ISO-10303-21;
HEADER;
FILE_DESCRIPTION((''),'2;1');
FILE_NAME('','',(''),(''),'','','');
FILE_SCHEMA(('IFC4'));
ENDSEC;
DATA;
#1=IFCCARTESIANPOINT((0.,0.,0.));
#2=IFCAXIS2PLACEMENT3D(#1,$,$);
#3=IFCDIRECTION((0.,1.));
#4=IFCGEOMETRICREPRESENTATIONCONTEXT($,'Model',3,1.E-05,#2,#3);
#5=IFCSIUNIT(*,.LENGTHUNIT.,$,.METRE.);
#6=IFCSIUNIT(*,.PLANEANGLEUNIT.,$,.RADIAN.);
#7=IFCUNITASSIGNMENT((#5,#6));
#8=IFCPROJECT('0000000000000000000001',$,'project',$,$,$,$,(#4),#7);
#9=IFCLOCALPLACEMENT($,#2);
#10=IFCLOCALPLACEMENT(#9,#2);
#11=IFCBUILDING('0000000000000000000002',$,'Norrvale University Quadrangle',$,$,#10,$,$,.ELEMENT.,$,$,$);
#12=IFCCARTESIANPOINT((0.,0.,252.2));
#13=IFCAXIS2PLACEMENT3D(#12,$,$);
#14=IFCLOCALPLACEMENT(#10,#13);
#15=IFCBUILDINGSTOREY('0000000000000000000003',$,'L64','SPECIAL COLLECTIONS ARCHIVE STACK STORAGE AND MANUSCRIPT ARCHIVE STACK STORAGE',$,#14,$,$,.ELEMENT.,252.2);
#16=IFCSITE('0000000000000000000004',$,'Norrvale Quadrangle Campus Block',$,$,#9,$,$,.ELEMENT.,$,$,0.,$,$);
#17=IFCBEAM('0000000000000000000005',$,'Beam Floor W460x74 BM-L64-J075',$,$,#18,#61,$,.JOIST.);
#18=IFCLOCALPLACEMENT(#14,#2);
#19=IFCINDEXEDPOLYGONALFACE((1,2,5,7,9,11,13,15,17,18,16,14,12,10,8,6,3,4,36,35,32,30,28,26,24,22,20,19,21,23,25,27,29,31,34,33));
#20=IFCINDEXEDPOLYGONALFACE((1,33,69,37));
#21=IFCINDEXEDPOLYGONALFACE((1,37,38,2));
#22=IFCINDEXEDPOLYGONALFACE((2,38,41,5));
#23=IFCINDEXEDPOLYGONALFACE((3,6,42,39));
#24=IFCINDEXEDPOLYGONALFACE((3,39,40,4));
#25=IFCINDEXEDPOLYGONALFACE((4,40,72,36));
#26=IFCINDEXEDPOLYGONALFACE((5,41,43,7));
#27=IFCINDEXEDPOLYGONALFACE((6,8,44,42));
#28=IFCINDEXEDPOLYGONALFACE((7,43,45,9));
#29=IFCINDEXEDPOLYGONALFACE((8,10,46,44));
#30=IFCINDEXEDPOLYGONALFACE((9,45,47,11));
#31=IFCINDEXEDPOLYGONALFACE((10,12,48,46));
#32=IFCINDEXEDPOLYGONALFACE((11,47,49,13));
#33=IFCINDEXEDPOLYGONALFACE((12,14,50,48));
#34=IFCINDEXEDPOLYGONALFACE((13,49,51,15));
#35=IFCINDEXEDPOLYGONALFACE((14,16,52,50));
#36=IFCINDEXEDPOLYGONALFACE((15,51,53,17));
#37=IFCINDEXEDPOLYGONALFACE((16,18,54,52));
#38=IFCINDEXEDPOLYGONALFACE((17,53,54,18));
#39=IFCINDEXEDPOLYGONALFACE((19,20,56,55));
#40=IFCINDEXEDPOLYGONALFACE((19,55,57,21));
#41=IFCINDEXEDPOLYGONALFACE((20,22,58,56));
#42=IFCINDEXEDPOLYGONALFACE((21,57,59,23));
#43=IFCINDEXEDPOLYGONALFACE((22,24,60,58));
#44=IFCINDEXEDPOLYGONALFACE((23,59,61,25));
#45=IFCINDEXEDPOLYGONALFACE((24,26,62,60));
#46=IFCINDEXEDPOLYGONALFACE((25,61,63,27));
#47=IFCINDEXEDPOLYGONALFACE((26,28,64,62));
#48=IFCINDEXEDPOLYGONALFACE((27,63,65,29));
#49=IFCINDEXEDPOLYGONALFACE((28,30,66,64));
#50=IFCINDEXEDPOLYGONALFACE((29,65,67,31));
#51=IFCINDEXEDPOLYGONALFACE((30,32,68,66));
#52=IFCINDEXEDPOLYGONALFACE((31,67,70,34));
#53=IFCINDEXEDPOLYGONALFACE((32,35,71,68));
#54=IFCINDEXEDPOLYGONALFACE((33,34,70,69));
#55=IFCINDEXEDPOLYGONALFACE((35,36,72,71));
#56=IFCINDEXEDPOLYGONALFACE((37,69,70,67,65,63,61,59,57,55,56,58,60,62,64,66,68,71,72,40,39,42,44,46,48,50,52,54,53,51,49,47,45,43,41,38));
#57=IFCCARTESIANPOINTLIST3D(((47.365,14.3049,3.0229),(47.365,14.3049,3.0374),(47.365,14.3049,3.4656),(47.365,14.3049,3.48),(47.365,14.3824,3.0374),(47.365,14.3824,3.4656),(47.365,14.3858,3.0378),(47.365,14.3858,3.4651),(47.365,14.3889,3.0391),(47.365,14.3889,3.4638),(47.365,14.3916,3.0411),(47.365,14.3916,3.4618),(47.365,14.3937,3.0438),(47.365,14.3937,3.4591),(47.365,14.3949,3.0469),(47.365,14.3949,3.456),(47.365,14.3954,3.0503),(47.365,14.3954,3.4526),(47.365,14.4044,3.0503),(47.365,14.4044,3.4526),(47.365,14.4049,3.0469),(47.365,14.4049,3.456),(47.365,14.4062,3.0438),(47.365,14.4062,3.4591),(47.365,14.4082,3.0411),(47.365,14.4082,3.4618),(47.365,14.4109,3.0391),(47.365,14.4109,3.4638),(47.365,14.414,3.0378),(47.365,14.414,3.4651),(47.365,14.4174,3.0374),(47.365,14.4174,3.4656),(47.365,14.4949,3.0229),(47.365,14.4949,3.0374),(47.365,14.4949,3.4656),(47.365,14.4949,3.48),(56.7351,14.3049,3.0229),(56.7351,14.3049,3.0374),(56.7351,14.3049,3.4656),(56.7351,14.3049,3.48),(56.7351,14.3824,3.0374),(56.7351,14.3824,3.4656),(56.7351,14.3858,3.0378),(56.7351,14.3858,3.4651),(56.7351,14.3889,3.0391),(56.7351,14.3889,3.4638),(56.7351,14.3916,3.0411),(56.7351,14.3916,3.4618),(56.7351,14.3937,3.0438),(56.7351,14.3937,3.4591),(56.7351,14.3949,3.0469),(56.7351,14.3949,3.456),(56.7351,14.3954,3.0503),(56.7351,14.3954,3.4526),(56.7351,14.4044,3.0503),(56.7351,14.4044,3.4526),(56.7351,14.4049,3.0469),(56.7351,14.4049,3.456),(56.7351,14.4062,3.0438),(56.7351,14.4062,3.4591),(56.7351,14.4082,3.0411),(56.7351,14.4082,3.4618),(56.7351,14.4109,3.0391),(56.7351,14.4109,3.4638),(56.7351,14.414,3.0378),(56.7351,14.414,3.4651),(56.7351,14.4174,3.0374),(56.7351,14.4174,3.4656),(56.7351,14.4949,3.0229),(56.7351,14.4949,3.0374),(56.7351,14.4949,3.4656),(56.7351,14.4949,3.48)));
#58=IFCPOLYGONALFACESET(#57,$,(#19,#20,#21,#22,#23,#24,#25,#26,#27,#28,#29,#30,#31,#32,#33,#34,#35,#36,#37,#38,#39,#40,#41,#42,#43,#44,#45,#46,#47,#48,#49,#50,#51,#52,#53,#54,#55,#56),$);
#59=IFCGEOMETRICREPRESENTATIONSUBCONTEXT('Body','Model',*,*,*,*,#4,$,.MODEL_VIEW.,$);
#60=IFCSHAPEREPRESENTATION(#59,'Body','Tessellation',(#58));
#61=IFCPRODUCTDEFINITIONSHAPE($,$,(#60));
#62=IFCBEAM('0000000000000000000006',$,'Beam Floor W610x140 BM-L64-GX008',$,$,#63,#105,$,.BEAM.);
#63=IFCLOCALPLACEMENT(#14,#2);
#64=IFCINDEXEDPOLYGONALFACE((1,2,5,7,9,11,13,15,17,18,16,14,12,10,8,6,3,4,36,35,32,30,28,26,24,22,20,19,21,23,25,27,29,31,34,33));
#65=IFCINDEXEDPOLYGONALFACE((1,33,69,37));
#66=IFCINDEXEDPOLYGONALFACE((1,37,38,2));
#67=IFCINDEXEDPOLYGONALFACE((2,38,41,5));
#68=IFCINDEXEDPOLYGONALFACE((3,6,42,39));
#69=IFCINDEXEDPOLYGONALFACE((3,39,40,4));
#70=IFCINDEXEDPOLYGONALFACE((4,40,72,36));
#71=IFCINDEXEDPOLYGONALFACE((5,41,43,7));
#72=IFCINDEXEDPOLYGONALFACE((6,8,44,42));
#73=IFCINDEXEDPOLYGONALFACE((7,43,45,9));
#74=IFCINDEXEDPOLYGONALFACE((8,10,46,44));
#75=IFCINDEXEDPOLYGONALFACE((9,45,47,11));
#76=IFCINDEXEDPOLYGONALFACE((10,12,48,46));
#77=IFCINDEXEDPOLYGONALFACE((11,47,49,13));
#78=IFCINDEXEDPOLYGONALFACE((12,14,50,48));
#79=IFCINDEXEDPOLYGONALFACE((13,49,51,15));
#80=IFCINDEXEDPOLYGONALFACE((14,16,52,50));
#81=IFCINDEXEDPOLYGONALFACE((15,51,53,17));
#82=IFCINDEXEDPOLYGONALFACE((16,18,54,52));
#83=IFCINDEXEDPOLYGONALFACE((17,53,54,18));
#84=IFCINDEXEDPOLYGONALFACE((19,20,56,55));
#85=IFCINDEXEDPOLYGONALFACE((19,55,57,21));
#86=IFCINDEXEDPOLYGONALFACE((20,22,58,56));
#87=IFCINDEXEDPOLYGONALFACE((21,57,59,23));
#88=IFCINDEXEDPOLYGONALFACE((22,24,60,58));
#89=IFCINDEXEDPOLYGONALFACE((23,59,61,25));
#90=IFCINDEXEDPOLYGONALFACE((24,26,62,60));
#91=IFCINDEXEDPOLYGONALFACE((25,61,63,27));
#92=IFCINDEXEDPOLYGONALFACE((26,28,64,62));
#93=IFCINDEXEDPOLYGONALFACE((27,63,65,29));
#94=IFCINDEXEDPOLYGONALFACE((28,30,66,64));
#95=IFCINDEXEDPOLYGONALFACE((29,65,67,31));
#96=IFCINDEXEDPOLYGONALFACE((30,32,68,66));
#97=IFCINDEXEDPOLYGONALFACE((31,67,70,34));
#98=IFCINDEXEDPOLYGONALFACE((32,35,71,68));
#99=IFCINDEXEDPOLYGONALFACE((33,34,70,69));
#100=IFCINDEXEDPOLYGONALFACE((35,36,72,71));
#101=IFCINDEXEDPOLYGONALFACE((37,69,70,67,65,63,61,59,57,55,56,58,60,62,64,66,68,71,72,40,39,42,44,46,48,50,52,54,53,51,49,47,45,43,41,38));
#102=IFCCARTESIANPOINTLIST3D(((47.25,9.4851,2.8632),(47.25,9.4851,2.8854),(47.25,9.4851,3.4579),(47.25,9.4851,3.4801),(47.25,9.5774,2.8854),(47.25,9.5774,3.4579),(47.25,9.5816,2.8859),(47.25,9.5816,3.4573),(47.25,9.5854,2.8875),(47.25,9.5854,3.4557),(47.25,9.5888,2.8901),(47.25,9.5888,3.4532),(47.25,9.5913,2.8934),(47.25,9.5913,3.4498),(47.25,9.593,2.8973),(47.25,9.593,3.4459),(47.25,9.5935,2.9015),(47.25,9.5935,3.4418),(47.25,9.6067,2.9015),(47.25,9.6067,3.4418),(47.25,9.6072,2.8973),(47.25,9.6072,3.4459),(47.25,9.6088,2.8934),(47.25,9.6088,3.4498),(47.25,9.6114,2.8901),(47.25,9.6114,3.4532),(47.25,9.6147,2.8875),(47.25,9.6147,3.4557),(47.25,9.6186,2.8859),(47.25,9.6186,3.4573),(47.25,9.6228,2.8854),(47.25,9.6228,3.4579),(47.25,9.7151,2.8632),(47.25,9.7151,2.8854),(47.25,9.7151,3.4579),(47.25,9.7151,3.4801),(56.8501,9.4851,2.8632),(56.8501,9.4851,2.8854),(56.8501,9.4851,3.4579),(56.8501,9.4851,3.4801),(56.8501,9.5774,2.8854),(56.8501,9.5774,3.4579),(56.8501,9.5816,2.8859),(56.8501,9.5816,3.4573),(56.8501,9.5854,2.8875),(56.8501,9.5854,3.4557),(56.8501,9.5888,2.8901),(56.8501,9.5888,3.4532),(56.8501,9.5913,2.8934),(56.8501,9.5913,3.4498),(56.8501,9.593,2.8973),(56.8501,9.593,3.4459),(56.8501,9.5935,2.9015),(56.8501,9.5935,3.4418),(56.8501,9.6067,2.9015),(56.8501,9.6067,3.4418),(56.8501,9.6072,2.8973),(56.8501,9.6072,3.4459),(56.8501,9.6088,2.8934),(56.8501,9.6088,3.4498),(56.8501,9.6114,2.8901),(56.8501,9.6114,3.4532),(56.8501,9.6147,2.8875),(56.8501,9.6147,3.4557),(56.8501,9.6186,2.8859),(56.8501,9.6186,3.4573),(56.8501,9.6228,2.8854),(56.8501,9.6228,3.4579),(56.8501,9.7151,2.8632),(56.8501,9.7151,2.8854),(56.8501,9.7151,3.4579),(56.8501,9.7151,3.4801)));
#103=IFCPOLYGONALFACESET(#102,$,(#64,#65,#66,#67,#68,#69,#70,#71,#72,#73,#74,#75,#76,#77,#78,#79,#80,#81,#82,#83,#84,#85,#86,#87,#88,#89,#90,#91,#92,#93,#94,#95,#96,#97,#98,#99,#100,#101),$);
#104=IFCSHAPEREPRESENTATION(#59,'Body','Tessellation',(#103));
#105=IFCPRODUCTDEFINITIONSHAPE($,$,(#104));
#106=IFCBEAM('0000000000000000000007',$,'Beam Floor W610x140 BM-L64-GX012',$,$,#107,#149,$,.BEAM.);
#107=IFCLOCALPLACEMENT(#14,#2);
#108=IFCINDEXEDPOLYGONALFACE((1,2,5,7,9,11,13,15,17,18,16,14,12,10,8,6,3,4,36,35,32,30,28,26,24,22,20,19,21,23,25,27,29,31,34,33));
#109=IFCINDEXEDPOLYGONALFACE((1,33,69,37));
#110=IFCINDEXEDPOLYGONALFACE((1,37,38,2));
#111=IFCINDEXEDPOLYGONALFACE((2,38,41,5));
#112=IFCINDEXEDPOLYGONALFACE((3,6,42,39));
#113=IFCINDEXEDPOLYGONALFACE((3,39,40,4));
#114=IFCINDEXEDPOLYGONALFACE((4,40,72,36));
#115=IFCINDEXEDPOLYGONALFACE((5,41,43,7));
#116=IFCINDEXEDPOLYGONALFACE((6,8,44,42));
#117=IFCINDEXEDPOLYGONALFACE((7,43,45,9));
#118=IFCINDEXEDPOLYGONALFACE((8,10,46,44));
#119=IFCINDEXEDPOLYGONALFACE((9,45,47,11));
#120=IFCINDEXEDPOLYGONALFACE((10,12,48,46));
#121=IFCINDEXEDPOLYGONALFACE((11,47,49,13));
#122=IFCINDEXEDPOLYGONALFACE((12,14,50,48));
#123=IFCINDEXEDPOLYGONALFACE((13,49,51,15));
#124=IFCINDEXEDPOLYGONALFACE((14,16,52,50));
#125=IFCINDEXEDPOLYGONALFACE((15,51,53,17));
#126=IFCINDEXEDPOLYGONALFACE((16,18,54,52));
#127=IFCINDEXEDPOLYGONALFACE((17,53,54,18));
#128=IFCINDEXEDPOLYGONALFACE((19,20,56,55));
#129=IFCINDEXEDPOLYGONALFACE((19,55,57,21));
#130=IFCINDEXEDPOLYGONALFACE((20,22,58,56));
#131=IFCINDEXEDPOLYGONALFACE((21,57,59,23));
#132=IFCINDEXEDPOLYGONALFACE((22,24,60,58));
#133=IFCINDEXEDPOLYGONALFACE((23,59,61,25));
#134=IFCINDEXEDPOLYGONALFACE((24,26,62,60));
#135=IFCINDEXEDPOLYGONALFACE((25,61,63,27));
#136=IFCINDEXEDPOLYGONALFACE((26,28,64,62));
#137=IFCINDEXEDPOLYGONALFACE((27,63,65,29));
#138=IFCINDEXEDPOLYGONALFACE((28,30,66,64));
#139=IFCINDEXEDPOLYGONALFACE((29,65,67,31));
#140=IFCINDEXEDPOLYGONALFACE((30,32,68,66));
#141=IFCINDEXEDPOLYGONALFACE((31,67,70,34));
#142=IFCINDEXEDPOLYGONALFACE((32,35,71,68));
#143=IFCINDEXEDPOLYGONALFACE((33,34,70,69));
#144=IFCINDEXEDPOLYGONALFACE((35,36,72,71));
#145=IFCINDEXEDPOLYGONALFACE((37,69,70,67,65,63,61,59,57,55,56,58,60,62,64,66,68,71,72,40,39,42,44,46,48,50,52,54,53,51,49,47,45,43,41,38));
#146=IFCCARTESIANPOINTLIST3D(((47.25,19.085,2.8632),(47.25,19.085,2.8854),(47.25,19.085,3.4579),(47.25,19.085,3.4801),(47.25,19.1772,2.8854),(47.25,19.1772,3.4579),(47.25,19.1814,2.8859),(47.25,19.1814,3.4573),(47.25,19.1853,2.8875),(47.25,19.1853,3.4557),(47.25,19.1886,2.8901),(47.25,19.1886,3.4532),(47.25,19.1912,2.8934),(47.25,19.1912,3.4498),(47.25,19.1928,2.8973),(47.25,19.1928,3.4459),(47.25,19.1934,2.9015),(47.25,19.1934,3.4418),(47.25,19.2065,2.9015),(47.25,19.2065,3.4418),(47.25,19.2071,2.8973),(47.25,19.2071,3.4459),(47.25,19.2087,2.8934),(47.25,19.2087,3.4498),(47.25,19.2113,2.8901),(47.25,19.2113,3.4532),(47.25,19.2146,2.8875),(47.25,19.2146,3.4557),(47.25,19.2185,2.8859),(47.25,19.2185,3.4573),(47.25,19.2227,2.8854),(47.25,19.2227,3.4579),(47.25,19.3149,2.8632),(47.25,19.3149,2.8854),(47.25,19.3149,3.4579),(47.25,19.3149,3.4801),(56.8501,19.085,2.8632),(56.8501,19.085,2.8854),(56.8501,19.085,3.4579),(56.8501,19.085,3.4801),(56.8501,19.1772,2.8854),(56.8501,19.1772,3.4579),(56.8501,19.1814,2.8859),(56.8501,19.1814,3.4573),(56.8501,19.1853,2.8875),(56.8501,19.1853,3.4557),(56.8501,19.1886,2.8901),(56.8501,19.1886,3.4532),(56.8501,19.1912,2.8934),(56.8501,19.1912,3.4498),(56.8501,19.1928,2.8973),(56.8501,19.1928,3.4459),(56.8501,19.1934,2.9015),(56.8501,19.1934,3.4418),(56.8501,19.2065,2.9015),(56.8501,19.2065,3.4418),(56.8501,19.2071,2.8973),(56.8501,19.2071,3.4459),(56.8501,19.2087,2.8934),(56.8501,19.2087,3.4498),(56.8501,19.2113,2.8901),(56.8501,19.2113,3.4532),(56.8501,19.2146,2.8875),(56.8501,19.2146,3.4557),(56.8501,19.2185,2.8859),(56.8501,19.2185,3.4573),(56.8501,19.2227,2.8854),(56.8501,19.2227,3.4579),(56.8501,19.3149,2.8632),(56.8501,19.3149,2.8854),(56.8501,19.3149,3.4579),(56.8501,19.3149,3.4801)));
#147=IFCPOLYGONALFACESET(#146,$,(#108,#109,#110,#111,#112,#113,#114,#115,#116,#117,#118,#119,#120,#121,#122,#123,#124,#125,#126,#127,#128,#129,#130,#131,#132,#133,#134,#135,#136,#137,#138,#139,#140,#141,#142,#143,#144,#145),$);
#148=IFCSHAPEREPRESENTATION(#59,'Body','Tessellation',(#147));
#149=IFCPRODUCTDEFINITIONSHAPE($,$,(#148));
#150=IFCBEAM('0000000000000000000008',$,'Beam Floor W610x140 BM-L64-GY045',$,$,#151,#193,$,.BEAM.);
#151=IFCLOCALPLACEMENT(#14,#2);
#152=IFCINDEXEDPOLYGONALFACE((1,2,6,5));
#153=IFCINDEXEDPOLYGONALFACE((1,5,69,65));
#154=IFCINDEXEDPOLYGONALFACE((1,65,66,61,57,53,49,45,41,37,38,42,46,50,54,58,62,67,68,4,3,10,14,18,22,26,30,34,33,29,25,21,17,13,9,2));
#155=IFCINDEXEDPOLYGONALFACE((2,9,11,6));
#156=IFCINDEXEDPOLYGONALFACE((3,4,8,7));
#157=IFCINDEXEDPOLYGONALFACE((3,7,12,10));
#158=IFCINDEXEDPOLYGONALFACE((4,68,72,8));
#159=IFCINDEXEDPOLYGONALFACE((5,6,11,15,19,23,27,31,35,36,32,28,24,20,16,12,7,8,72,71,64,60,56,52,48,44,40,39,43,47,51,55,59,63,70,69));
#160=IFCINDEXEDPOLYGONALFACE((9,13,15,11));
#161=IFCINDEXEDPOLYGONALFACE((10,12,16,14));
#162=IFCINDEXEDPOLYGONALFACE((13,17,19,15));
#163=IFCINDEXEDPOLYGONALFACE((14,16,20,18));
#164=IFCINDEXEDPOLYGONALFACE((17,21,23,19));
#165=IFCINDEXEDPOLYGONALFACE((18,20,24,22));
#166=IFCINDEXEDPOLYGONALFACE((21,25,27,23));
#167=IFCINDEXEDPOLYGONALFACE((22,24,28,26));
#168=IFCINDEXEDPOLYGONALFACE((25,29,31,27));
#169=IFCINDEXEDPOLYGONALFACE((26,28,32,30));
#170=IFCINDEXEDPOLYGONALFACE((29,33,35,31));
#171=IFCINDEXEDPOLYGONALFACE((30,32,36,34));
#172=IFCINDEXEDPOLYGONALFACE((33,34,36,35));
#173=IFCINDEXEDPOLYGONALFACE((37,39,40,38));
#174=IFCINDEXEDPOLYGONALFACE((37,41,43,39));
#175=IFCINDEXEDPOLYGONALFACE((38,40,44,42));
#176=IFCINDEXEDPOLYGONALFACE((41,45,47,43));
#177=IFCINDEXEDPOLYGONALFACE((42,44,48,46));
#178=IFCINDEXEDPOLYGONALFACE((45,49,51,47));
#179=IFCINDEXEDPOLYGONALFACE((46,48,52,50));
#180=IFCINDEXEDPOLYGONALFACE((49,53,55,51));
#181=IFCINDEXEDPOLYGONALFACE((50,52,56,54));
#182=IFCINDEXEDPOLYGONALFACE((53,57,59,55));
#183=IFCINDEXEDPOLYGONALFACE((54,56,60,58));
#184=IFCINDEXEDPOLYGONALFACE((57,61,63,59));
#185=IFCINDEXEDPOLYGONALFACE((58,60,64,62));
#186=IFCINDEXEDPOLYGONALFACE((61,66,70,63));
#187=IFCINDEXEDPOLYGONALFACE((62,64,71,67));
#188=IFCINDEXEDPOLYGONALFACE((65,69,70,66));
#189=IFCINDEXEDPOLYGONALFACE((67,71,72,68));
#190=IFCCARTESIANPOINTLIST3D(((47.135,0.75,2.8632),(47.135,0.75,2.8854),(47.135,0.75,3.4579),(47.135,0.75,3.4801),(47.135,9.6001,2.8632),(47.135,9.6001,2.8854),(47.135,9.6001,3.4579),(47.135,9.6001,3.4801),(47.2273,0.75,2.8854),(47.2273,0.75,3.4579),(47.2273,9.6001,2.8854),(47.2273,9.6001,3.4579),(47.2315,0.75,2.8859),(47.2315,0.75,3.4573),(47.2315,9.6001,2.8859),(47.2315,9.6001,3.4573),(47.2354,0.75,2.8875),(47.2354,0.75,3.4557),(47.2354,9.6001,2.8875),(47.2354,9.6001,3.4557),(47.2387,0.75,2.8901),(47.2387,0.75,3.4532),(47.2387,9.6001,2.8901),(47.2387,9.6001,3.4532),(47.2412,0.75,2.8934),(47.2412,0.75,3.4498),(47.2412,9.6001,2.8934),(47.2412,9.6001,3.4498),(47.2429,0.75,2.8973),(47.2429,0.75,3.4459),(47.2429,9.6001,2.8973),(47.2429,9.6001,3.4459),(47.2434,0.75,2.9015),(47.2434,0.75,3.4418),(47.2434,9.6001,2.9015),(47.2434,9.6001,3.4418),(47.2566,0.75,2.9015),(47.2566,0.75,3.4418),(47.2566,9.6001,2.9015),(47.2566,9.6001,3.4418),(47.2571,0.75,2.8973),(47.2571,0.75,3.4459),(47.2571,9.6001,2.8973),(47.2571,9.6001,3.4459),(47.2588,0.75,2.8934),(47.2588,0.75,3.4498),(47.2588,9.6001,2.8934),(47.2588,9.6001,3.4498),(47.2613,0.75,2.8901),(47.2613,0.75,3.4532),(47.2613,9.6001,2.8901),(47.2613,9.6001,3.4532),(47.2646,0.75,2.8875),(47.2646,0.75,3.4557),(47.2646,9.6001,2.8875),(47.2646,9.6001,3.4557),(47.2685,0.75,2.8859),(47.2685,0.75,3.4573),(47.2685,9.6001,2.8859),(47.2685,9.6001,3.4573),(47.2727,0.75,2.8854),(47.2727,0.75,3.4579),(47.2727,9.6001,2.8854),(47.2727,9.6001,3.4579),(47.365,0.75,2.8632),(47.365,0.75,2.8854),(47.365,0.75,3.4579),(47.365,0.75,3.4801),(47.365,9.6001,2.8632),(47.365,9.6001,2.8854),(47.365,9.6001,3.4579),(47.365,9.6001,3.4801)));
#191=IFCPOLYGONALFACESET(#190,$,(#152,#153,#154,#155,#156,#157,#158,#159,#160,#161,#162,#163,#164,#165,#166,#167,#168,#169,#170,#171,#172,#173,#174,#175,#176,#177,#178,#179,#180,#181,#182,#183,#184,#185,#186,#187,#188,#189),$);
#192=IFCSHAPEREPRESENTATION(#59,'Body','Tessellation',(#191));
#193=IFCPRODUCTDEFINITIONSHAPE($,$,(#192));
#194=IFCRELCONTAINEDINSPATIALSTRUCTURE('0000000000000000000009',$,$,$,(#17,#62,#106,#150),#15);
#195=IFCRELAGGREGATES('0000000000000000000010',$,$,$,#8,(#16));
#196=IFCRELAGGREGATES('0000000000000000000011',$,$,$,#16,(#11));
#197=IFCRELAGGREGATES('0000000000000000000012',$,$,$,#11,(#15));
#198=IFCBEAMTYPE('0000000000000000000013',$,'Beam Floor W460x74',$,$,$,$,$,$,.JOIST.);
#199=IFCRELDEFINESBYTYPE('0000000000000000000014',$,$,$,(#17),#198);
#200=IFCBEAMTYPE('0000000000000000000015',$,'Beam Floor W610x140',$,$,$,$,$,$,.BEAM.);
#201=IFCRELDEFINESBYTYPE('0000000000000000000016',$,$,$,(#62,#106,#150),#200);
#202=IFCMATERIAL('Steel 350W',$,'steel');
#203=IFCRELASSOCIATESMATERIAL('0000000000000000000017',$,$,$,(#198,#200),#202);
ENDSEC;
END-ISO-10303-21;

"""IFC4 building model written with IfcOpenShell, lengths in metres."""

from ifc_helpers import new_model, si_unit, direction, frame, origin, origin_2d, place, context, subcontext, project, spatial, i_section, extrude, material, material_profile, profile_set, type_object, element, save


model = new_model("IFC4")

# Units and contexts
model_context = context("Model", 3, precision=1e-05, world=origin(), true_north=direction((0.0, 1.0)))
body_context = subcontext(model_context, "Body", "Model", "MODEL_VIEW")
ifc_project = project(units=[si_unit("LENGTHUNIT", "METRE"), si_unit("PLANEANGLEUNIT", "RADIAN")], contexts=[model_context])

# Site, building, storey
site_placement = place(None, origin())
site = spatial("IfcSite", under=ifc_project, at=site_placement, Name="Norrvale Quadrangle Campus Block", CompositionType="ELEMENT", RefElevation=0.0)
building_placement = place(site_placement, origin())
building = spatial("IfcBuilding", under=site, at=building_placement, Name="Norrvale University Quadrangle", CompositionType="ELEMENT")
storey_placement = place(building_placement, frame((0.0, 0.0, 252.2)))
storey = spatial("IfcBuildingStorey", under=building, at=storey_placement, Name="L64", Description="SPECIAL COLLECTIONS ARCHIVE STACK STORAGE AND MANUSCRIPT ARCHIVE STACK STORAGE", CompositionType="ELEMENT", Elevation=252.2)

# Beams
ifc_material_1 = material(Name="Steel 350W", Category="steel")
ifc_material_profile_1 = material_profile(ifc_material_1, i_section(OverallWidth=0.1899, OverallDepth=0.457, WebThickness=0.009, FlangeThickness=0.0144, FilletRadius=0.0129, at=origin_2d()), Name="Steel 350W")
ifc_profile_set_1 = profile_set([ifc_material_profile_1], Name="Steel 350W")
beam_type_1 = type_object("IfcBeamType", Name="Beam Floor W460x74", PredefinedType="JOIST", material=ifc_profile_set_1)
for number, where, z_axis, x_axis, name in (
    (1, (47.365, 14.3999, 3.2515), (1.0, 0.0, 0.0), (0.0, 1.0, 0.0), "Beam Floor W460x74 BM-L64-J075"),
):
    element("IfcBeam", number, at=place(storey_placement, frame(where, z_axis=z_axis, x_axis=x_axis)), inside=storey, type_object=beam_type_1, Name=name, PredefinedType="JOIST", context=body_context, shape_type="SweptSolid", body=[
        extrude(i_section(OverallWidth=0.1899, OverallDepth=0.457, WebThickness=0.009, FlangeThickness=0.0144, FilletRadius=0.0129, at=origin_2d()), origin(), (0.0, 0.0, 1.0), 9.3701),
    ])
ifc_material_profile_2 = material_profile(ifc_material_1, i_section(OverallWidth=0.23, OverallDepth=0.6169, WebThickness=0.0132, FlangeThickness=0.0222, FilletRadius=0.0161, at=origin_2d()), Name="Steel 350W")
ifc_profile_set_2 = profile_set([ifc_material_profile_2], Name="Steel 350W")
beam_type_2 = type_object("IfcBeamType", Name="Beam Floor W610x140", PredefinedType="BEAM", material=ifc_profile_set_2)
for number, where, z_axis, x_axis, name in (
    (2, (47.25, 9.6001, 3.1716), (1.0, 0.0, 0.0), (0.0, 1.0, 0.0), "Beam Floor W610x140 BM-L64-GX008"),
    (3, (47.25, 19.2, 3.1716), (1.0, 0.0, 0.0), (0.0, 1.0, 0.0), "Beam Floor W610x140 BM-L64-GX012"),
):
    element("IfcBeam", number, at=place(storey_placement, frame(where, z_axis=z_axis, x_axis=x_axis)), inside=storey, type_object=beam_type_2, Name=name, PredefinedType="BEAM", context=body_context, shape_type="SweptSolid", body=[
        extrude(i_section(OverallWidth=0.23, OverallDepth=0.6169, WebThickness=0.0132, FlangeThickness=0.0222, FilletRadius=0.0161, at=origin_2d()), origin(), (0.0, 0.0, 1.0), 9.6001),
    ])
beam_1_placement = place(storey_placement, frame((47.25, 0.75, 3.1716), z_axis=(0.0, 1.0, 0.0), x_axis=(-1.0, 0.0, 0.0)))
element("IfcBeam", 4, at=beam_1_placement, inside=storey, type_object=beam_type_2, Name="Beam Floor W610x140 BM-L64-GY045", PredefinedType="BEAM", context=body_context, shape_type="SweptSolid", body=[
    extrude(i_section(OverallWidth=0.23, OverallDepth=0.6169, WebThickness=0.0132, FlangeThickness=0.0222, FilletRadius=0.0161, at=origin_2d()), origin(), (0.0, 0.0, 1.0), 8.8501),
])

save(model, "model.ifc")
